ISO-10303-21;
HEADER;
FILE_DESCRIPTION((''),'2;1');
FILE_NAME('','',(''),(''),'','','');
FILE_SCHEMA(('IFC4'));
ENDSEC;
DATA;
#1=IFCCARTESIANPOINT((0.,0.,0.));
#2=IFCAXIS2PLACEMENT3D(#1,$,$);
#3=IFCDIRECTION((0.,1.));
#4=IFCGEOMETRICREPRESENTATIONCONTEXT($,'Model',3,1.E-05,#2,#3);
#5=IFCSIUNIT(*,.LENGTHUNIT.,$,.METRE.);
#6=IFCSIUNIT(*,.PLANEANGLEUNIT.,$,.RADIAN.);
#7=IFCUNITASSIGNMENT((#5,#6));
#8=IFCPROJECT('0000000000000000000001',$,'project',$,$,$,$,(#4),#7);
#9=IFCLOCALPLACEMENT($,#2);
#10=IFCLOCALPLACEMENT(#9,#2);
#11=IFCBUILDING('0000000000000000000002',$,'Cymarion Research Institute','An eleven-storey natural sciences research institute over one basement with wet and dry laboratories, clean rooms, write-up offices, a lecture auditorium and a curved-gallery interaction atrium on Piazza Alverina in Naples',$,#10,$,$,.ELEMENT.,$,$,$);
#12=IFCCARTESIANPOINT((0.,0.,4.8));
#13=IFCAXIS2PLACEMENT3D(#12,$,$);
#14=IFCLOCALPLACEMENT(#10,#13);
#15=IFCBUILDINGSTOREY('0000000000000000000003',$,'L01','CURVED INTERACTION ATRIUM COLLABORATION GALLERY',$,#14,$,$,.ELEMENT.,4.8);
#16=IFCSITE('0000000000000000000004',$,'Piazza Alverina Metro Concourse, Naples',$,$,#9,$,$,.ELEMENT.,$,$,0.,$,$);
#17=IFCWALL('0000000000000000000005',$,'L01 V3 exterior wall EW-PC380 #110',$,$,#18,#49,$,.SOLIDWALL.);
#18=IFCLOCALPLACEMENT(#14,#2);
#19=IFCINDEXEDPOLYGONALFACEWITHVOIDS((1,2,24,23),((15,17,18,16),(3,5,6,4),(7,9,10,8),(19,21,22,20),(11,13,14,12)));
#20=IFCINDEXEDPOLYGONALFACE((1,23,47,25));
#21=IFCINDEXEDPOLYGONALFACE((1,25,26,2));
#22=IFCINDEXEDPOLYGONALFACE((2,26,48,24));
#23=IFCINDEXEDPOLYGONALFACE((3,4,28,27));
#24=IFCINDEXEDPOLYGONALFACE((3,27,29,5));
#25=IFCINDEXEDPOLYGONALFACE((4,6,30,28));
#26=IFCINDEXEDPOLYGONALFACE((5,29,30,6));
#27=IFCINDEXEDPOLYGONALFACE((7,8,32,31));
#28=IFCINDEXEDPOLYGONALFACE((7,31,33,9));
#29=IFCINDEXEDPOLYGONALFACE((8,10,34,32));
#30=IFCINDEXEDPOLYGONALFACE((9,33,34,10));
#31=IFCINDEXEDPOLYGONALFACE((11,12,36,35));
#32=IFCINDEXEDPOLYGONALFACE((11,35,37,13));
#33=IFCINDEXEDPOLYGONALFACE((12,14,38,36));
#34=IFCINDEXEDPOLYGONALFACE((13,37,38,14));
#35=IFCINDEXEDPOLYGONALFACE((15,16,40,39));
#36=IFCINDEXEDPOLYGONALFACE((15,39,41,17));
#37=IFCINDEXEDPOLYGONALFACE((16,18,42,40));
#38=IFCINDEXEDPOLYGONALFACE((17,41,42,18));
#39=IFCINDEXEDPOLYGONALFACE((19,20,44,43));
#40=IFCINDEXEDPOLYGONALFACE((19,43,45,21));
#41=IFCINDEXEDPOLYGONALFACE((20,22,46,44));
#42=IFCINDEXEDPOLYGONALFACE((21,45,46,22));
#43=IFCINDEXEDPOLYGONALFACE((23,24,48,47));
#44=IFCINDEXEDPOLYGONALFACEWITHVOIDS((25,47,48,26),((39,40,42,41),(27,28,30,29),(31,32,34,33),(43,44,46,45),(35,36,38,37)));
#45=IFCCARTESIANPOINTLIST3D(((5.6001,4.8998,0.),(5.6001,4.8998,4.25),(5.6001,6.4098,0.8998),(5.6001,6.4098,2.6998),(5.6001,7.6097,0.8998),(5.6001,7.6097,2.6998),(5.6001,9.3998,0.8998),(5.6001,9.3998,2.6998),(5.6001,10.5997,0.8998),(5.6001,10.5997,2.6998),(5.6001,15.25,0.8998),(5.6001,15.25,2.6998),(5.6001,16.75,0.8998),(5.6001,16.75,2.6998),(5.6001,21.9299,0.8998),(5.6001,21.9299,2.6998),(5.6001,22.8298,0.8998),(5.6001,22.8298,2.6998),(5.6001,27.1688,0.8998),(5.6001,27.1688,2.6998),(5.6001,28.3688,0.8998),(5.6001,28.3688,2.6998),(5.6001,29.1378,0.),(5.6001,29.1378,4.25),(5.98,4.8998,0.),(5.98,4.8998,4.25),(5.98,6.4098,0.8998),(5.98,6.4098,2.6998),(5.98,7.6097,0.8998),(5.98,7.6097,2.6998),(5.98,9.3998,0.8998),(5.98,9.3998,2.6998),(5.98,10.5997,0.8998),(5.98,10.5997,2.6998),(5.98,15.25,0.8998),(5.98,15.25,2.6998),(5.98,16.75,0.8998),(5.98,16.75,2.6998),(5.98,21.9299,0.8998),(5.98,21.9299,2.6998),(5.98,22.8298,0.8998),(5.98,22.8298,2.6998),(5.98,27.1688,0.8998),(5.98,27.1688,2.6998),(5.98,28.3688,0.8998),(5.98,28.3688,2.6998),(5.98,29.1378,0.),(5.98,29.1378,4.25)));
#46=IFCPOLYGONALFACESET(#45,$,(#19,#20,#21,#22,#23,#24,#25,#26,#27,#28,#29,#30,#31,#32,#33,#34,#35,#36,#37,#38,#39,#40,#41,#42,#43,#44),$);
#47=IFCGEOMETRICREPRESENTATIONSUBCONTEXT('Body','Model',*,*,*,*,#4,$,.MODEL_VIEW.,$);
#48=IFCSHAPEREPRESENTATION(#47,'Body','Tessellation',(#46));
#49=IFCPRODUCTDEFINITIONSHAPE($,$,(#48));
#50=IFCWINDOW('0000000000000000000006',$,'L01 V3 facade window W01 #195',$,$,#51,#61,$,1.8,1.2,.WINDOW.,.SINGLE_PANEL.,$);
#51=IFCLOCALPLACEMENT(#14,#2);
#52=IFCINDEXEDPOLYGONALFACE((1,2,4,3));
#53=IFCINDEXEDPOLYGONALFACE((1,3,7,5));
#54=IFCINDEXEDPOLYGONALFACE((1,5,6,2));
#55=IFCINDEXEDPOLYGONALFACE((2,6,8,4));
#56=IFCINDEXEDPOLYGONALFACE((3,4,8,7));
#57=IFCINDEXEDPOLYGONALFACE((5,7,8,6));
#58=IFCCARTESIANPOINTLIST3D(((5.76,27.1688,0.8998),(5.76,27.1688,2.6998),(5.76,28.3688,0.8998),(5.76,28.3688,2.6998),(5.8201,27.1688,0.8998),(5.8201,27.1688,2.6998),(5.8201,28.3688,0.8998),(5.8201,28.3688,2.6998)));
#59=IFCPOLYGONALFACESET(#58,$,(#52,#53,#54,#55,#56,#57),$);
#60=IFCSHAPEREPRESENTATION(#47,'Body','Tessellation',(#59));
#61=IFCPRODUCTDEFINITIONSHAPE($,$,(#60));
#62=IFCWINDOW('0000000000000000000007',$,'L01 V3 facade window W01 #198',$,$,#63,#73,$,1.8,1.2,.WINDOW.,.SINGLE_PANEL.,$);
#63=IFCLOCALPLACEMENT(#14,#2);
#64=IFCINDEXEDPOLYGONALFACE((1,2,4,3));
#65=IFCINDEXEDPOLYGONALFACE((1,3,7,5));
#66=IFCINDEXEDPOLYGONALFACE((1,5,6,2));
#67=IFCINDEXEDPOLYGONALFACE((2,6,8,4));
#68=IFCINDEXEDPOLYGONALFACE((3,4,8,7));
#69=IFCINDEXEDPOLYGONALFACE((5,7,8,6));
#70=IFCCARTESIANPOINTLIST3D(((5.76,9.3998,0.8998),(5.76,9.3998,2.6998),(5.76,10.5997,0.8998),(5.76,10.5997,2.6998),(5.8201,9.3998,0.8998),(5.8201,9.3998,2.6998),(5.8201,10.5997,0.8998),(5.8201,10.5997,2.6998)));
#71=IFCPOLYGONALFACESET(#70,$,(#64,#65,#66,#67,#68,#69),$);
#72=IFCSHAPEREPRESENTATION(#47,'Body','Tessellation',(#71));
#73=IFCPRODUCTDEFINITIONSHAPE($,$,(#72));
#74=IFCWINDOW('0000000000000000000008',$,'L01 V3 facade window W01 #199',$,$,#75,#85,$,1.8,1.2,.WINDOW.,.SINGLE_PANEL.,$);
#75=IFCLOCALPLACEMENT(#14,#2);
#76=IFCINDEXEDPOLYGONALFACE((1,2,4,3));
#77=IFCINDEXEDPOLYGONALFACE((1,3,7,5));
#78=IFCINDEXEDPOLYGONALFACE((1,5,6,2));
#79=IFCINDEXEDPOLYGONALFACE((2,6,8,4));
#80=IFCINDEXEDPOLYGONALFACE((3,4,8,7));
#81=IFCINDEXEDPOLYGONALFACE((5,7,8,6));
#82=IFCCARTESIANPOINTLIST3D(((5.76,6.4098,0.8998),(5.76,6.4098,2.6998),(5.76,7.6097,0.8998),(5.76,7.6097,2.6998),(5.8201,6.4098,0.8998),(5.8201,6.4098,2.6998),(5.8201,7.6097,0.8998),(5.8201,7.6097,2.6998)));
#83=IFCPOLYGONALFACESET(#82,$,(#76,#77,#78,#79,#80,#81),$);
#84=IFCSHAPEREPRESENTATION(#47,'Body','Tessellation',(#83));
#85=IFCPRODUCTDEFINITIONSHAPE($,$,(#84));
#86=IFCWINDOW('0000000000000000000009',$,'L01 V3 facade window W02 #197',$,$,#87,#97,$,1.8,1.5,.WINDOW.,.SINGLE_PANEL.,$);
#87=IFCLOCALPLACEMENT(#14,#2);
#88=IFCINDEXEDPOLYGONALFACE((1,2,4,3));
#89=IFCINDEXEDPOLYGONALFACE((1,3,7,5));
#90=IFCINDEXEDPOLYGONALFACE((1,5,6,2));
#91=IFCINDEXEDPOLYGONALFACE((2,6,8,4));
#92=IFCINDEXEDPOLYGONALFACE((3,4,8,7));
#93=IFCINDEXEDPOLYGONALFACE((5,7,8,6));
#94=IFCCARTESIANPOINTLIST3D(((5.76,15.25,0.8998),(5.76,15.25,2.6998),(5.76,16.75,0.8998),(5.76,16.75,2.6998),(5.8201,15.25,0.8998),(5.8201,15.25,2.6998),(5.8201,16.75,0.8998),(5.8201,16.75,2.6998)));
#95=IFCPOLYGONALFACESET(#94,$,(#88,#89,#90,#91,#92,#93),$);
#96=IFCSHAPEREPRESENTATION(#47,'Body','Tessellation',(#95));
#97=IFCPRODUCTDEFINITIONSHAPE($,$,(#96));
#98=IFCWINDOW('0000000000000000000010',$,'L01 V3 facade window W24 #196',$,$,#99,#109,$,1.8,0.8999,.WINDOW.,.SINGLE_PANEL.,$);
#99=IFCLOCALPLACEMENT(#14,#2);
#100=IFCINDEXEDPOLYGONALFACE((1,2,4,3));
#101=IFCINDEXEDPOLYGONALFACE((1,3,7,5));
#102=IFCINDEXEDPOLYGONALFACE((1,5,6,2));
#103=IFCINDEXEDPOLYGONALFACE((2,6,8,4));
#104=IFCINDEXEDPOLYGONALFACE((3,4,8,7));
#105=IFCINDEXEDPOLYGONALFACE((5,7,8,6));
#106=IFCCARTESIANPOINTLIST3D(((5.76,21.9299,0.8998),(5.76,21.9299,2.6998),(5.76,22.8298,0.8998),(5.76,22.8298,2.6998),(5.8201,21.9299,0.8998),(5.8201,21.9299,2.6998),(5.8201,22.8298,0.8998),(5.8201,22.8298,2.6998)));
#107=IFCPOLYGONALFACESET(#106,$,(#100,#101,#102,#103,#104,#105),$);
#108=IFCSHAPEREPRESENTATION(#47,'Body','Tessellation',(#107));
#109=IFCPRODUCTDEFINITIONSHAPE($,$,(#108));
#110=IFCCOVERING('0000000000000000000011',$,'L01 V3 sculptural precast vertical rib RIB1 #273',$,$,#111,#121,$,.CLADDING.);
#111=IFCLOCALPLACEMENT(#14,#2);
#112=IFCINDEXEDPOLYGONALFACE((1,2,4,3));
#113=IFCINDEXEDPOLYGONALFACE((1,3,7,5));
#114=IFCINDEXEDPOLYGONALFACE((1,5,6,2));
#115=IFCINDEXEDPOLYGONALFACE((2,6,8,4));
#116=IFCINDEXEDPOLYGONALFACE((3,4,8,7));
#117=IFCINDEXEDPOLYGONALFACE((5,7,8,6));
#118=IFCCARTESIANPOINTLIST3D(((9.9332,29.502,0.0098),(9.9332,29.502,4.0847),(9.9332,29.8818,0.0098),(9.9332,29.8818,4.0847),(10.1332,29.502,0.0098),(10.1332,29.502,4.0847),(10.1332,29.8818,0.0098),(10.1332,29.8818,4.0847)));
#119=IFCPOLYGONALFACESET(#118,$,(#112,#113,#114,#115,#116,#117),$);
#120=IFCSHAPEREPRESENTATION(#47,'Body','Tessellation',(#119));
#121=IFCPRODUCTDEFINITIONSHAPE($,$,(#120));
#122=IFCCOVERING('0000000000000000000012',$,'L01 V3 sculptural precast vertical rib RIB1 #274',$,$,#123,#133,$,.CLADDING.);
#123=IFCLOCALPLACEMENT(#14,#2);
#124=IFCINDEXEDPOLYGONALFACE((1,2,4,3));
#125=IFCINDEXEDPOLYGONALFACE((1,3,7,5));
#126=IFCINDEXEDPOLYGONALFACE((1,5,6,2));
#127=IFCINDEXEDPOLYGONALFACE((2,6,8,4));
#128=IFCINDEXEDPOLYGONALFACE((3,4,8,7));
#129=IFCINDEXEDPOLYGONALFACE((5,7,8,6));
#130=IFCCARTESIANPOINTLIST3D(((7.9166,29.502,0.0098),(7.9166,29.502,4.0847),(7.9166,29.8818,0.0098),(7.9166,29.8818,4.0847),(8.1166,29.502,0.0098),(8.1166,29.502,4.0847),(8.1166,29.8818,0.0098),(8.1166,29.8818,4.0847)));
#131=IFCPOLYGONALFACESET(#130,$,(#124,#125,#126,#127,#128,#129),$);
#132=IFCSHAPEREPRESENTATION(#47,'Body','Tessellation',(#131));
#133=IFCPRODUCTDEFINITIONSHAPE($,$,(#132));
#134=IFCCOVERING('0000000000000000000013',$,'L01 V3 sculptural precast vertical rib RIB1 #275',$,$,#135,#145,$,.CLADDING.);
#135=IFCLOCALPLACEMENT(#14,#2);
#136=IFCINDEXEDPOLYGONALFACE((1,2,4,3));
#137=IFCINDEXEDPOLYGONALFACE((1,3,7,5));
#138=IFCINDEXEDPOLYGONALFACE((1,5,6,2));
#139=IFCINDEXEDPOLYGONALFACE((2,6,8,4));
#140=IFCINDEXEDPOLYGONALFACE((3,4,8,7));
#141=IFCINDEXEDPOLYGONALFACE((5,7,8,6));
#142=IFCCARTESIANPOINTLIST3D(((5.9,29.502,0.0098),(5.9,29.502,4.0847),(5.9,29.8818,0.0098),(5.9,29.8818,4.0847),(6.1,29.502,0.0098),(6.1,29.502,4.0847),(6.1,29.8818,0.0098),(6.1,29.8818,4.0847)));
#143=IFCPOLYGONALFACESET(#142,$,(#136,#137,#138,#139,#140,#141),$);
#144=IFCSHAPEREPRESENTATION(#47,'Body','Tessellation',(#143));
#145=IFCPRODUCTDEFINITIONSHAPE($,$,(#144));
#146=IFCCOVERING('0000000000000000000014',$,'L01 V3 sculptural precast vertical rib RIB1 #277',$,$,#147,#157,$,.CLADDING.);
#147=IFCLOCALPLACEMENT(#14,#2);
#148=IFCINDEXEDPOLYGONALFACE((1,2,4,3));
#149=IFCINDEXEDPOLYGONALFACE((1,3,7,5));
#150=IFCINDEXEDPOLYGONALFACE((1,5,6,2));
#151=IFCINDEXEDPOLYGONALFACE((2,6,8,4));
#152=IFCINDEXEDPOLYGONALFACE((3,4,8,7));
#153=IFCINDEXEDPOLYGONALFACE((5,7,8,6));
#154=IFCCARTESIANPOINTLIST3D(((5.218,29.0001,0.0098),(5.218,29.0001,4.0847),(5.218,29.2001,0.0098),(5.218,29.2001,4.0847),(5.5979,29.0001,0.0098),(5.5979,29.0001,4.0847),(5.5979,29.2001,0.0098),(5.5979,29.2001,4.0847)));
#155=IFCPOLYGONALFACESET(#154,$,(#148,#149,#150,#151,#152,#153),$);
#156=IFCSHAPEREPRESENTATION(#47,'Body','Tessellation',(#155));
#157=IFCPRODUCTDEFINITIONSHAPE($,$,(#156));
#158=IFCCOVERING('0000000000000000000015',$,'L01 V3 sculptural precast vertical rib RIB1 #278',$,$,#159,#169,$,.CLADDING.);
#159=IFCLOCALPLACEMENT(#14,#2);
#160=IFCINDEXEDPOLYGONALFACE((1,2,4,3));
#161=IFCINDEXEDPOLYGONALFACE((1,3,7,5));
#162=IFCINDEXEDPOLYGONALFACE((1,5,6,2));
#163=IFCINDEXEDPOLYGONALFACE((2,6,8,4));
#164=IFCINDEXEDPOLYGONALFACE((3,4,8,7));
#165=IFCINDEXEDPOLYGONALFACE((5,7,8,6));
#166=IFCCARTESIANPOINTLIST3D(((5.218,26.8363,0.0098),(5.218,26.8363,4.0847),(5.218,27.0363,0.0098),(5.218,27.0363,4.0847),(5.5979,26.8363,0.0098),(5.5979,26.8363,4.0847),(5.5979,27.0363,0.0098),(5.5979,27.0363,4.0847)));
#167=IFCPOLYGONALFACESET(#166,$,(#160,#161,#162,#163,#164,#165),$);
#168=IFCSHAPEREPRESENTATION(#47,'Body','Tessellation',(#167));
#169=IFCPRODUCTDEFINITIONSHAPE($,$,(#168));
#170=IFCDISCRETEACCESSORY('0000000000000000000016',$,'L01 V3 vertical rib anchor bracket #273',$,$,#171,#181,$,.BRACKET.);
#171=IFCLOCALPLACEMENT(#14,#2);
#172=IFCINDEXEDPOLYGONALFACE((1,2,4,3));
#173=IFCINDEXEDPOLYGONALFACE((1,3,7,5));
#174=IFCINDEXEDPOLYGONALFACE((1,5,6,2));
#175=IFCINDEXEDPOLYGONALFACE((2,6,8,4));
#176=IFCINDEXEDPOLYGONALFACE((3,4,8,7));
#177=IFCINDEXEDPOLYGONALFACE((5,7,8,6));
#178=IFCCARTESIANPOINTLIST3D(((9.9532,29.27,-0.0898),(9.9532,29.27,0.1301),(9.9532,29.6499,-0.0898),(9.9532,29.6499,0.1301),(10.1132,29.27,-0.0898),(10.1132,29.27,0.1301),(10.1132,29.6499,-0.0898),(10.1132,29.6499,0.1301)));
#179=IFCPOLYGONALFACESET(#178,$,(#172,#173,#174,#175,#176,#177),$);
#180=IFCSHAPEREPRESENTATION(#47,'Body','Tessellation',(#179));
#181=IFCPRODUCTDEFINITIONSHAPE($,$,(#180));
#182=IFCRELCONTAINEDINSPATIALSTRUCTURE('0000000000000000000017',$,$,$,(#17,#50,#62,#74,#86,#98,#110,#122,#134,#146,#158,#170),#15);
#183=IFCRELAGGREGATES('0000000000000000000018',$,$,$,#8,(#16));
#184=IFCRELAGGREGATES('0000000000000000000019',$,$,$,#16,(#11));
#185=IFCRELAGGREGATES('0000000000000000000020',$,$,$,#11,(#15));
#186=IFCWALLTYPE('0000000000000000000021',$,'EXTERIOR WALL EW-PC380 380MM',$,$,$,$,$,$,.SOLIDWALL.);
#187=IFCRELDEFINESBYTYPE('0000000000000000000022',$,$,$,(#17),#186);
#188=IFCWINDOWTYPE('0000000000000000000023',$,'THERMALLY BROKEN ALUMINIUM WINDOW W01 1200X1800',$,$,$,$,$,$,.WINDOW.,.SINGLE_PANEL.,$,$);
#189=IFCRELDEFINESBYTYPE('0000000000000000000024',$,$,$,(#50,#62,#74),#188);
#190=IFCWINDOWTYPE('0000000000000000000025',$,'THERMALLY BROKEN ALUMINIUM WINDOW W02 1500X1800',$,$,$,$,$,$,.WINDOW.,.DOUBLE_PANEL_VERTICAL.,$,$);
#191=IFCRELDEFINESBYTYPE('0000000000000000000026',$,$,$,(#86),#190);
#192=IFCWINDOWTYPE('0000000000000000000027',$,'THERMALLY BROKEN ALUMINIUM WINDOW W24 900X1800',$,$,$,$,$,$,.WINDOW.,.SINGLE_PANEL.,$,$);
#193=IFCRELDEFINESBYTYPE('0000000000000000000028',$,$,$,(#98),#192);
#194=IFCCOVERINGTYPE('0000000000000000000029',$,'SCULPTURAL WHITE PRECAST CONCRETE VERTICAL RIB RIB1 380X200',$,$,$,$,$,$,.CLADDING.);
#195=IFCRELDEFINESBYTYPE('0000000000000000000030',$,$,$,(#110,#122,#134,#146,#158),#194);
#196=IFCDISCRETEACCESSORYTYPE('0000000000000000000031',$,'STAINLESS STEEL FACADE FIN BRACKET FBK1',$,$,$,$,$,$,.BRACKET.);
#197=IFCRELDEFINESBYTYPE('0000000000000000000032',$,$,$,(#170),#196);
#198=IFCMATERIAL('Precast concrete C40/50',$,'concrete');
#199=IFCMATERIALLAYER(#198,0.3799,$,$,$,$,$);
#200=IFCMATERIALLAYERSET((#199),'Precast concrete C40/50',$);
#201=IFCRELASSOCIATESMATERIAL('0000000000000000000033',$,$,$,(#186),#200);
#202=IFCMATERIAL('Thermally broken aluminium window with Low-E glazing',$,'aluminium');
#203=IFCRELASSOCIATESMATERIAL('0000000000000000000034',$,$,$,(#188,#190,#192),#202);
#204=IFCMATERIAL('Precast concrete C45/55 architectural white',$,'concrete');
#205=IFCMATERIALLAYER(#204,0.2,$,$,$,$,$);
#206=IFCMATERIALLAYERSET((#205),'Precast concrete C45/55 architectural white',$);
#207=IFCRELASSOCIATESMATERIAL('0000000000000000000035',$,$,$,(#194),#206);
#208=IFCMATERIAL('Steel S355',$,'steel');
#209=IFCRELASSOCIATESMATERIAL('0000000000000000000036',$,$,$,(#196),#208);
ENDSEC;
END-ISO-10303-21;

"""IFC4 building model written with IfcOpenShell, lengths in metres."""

from ifc_helpers import new_model, si_unit, direction, frame, frame_2d, origin, origin_2d, place, context, subcontext, project, spatial, rectangle, extrude, material, layer, layer_set, type_object, element, fill, save


model = new_model("IFC4")

# Units and contexts
model_context = context("Model", 3, precision=1e-05, world=origin(), true_north=direction((0.0, 1.0)))
body_context = subcontext(model_context, "Body", "Model", "MODEL_VIEW")
ifc_project = project(units=[si_unit("LENGTHUNIT", "METRE"), si_unit("PLANEANGLEUNIT", "RADIAN")], contexts=[model_context])

# Site, building, storey
site_placement = place(None, origin())
site = spatial("IfcSite", under=ifc_project, at=site_placement, Name="Piazza Alverina Metro Concourse, Naples", CompositionType="ELEMENT", RefElevation=0.0)
building_placement = place(site_placement, origin())
building = spatial("IfcBuilding", under=site, at=building_placement, Name="Cymarion Research Institute", Description="An eleven-storey natural sciences research institute over one basement with wet and dry laboratories, clean rooms, write-up offices, a lecture auditorium and a curved-gallery interaction atrium on Piazza Alverina in Naples", CompositionType="ELEMENT")
storey_placement = place(building_placement, frame((0.0, 0.0, 4.8)))
storey = spatial("IfcBuildingStorey", under=building, at=storey_placement, Name="L01", Description="CURVED INTERACTION ATRIUM COLLABORATION GALLERY", CompositionType="ELEMENT", Elevation=4.8)

# Shared definitions
ifc_material_1 = material(Name="Steel S355", Category="steel")

# Shared definitions
ifc_material_2 = material(Name="Precast concrete C40/50", Category="concrete")
ifc_layer_1 = layer(ifc_material_2, 0.3799)
ifc_layer_set_1 = layer_set([ifc_layer_1], Name="Precast concrete C40/50")
wall_type = type_object("IfcWallType", Name="EXTERIOR WALL EW-PC380 380MM", PredefinedType="SOLIDWALL", material=ifc_layer_set_1)

# Wall, openings, windows
wall_1_placement = place(storey_placement, frame((5.79, 29.1379, 0.0), z_axis=(0.0, 0.0, 1.0), x_axis=(0.0, -1.0, 0.0)))
wall_1 = element("IfcWall", 1, at=wall_1_placement, inside=storey, type_object=wall_type, Name="L01 V3 exterior wall EW-PC380 #110", PredefinedType="SOLIDWALL", context=body_context, shape_type="SweptSolid", body=[
    extrude(rectangle(XDim=24.238, YDim=0.3799, at=frame_2d((12.1191, 0.0))), origin(), (0.0, 0.0, 1.0), 4.25),
])
opening_1_placement = place(wall_1_placement, frame((0.769, 0.0, 0.8999)))
opening_1 = element("IfcOpeningElement", 2, at=opening_1_placement, cuts=wall_1, PredefinedType="OPENING", context=body_context, shape_type="SweptSolid", body=[
    extrude(rectangle(XDim=1.2, YDim=1.8, at=frame_2d((0.6001, 0.8999))), frame((0.0, 0.2, 0.0), z_axis=(0.0, -1.0, 0.0), x_axis=(1.0, 0.0, 0.0)), (0.0, 0.0, 1.0), 0.3999),
])
opening_2_placement = place(wall_1_placement, frame((6.3081, 0.0, 0.8999)))
opening_2 = element("IfcOpeningElement", 3, at=opening_2_placement, cuts=wall_1, PredefinedType="OPENING", context=body_context, shape_type="SweptSolid", body=[
    extrude(rectangle(XDim=0.8999, YDim=1.8, at=frame_2d((0.45, 0.8999))), frame((0.0, 0.2, 0.0), z_axis=(0.0, -1.0, 0.0), x_axis=(1.0, 0.0, 0.0)), (0.0, 0.0, 1.0), 0.3999),
])
opening_3_placement = place(wall_1_placement, frame((12.3879, 0.0, 0.8999)))
opening_3 = element("IfcOpeningElement", 4, at=opening_3_placement, cuts=wall_1, PredefinedType="OPENING", context=body_context, shape_type="SweptSolid", body=[
    extrude(rectangle(XDim=1.5, YDim=1.8, at=frame_2d((0.75, 0.8999))), frame((0.0, 0.2, 0.0), z_axis=(0.0, -1.0, 0.0), x_axis=(1.0, 0.0, 0.0)), (0.0, 0.0, 1.0), 0.3999),
])
opening_4_placement = place(wall_1_placement, frame((18.5381, 0.0, 0.8999)))
opening_4 = element("IfcOpeningElement", 5, at=opening_4_placement, cuts=wall_1, PredefinedType="OPENING", context=body_context, shape_type="SweptSolid", body=[
    extrude(rectangle(XDim=1.2, YDim=1.8, at=frame_2d((0.6001, 0.8999))), frame((0.0, 0.2, 0.0), z_axis=(0.0, -1.0, 0.0), x_axis=(1.0, 0.0, 0.0)), (0.0, 0.0, 1.0), 0.3999),
])
opening_5_placement = place(wall_1_placement, frame((21.5281, 0.0, 0.8999)))
opening_5 = element("IfcOpeningElement", 6, at=opening_5_placement, cuts=wall_1, PredefinedType="OPENING", context=body_context, shape_type="SweptSolid", body=[
    extrude(rectangle(XDim=1.2, YDim=1.8, at=frame_2d((0.6001, 0.8999))), frame((0.0, 0.2, 0.0), z_axis=(0.0, -1.0, 0.0), x_axis=(1.0, 0.0, 0.0)), (0.0, 0.0, 1.0), 0.3999),
])
ifc_material_3 = material(Name="Thermally broken aluminium window with Low-E glazing", Category="aluminium")
window_type_1 = type_object("IfcWindowType", Name="THERMALLY BROKEN ALUMINIUM WINDOW W01 1200X1800", PartitioningType="SINGLE_PANEL", PredefinedType="WINDOW", material=ifc_material_3)
window_1_placement = place(opening_1_placement, origin())
window_1 = element("IfcWindow", 7, at=window_1_placement, inside=storey, type_object=window_type_1, Name="L01 V3 facade window W01 #195", OverallHeight=1.8, OverallWidth=1.2, PartitioningType="SINGLE_PANEL", PredefinedType="WINDOW", context=body_context, shape_type="SweptSolid", body=[
    extrude(rectangle(XDim=1.2, YDim=1.8, at=frame_2d((0.6001, 0.8999))), frame((0.0, 0.03, 0.0), z_axis=(0.0, -1.0, 0.0), x_axis=(1.0, 0.0, 0.0)), (0.0, 0.0, 1.0), 0.0601),
])
fill(opening_1, window_1)
window_2_placement = place(opening_4_placement, origin())
window_2 = element("IfcWindow", 8, at=window_2_placement, inside=storey, type_object=window_type_1, Name="L01 V3 facade window W01 #198", OverallHeight=1.8, OverallWidth=1.2, PartitioningType="SINGLE_PANEL", PredefinedType="WINDOW", context=body_context, shape_type="SweptSolid", body=[
    extrude(rectangle(XDim=1.2, YDim=1.8, at=frame_2d((0.6001, 0.8999))), frame((0.0, 0.03, 0.0), z_axis=(0.0, -1.0, 0.0), x_axis=(1.0, 0.0, 0.0)), (0.0, 0.0, 1.0), 0.0601),
])
fill(opening_4, window_2)
window_3_placement = place(opening_5_placement, origin())
window_3 = element("IfcWindow", 9, at=window_3_placement, inside=storey, type_object=window_type_1, Name="L01 V3 facade window W01 #199", OverallHeight=1.8, OverallWidth=1.2, PartitioningType="SINGLE_PANEL", PredefinedType="WINDOW", context=body_context, shape_type="SweptSolid", body=[
    extrude(rectangle(XDim=1.2, YDim=1.8, at=frame_2d((0.6001, 0.8999))), frame((0.0, 0.03, 0.0), z_axis=(0.0, -1.0, 0.0), x_axis=(1.0, 0.0, 0.0)), (0.0, 0.0, 1.0), 0.0601),
])
fill(opening_5, window_3)
window_type_2 = type_object("IfcWindowType", Name="THERMALLY BROKEN ALUMINIUM WINDOW W02 1500X1800", PartitioningType="DOUBLE_PANEL_VERTICAL", PredefinedType="WINDOW", material=ifc_material_3)
window_4_placement = place(opening_3_placement, origin())
window_4 = element("IfcWindow", 10, at=window_4_placement, inside=storey, type_object=window_type_2, Name="L01 V3 facade window W02 #197", OverallHeight=1.8, OverallWidth=1.5, PartitioningType="SINGLE_PANEL", PredefinedType="WINDOW", context=body_context, shape_type="SweptSolid", body=[
    extrude(rectangle(XDim=1.5, YDim=1.8, at=frame_2d((0.75, 0.8999))), frame((0.0, 0.03, 0.0), z_axis=(0.0, -1.0, 0.0), x_axis=(1.0, 0.0, 0.0)), (0.0, 0.0, 1.0), 0.0601),
])
fill(opening_3, window_4)
window_type_3 = type_object("IfcWindowType", Name="THERMALLY BROKEN ALUMINIUM WINDOW W24 900X1800", PartitioningType="SINGLE_PANEL", PredefinedType="WINDOW", material=ifc_material_3)
window_5_placement = place(opening_2_placement, origin())
window_5 = element("IfcWindow", 11, at=window_5_placement, inside=storey, type_object=window_type_3, Name="L01 V3 facade window W24 #196", OverallHeight=1.8, OverallWidth=0.8999, PartitioningType="SINGLE_PANEL", PredefinedType="WINDOW", context=body_context, shape_type="SweptSolid", body=[
    extrude(rectangle(XDim=0.8999, YDim=1.8, at=frame_2d((0.45, 0.8999))), frame((0.0, 0.03, 0.0), z_axis=(0.0, -1.0, 0.0), x_axis=(1.0, 0.0, 0.0)), (0.0, 0.0, 1.0), 0.0601),
])
fill(opening_2, window_5)

# Coverings
ifc_material_4 = material(Name="Precast concrete C45/55 architectural white", Category="concrete")
ifc_layer_2 = layer(ifc_material_4, 0.2)
ifc_layer_set_2 = layer_set([ifc_layer_2], Name="Precast concrete C45/55 architectural white")
covering_type = type_object("IfcCoveringType", Name="SCULPTURAL WHITE PRECAST CONCRETE VERTICAL RIB RIB1 380X200", PredefinedType="CLADDING", material=ifc_layer_set_2)
for number, where, z_axis, x_axis, name in (
    (12, (10.0332, 29.6919, 0.0098), (0.0, 0.0, 1.0), (0.0, 1.0, 0.0), "L01 V3 sculptural precast vertical rib RIB1 #273"),
    (13, (8.0166, 29.6919, 0.0098), (0.0, 0.0, 1.0), (0.0, 1.0, 0.0), "L01 V3 sculptural precast vertical rib RIB1 #274"),
    (14, (6.0, 29.6919, 0.0098), (0.0, 0.0, 1.0), (0.0, 1.0, 0.0), "L01 V3 sculptural precast vertical rib RIB1 #275"),
    (15, (5.408, 29.1001, 0.0098), (0.0, 0.0, 1.0), (-1.0, 0.0, 0.0), "L01 V3 sculptural precast vertical rib RIB1 #277"),
    (16, (5.408, 26.9363, 0.0098), (0.0, 0.0, 1.0), (-1.0, 0.0, 0.0), "L01 V3 sculptural precast vertical rib RIB1 #278"),
):
    element("IfcCovering", number, at=place(storey_placement, frame(where, z_axis=z_axis, x_axis=x_axis)), inside=storey, type_object=covering_type, Name=name, PredefinedType="CLADDING", context=body_context, shape_type="SweptSolid", body=[
        extrude(rectangle(XDim=0.3799, YDim=0.2, at=origin_2d()), origin(), (0.0, 0.0, 1.0), 4.075),
    ])

# Discrete accessory
discrete_accessory_type = type_object("IfcDiscreteAccessoryType", Name="STAINLESS STEEL FACADE FIN BRACKET FBK1", PredefinedType="BRACKET", material=ifc_material_1)
for number, where, z_axis, x_axis, name in (
    (17, (10.0332, 29.46, -0.0898), (0.0, 0.0, 1.0), (0.0, 1.0, 0.0), "L01 V3 vertical rib anchor bracket #273"),
):
    element("IfcDiscreteAccessory", number, at=place(storey_placement, frame(where, z_axis=z_axis, x_axis=x_axis)), inside=storey, type_object=discrete_accessory_type, Name=name, PredefinedType="BRACKET", context=body_context, shape_type="SweptSolid", body=[
        extrude(rectangle(XDim=0.3799, YDim=0.1599, at=origin_2d()), origin(), (0.0, 0.0, 1.0), 0.22),
    ])

save(model, "model.ifc")
